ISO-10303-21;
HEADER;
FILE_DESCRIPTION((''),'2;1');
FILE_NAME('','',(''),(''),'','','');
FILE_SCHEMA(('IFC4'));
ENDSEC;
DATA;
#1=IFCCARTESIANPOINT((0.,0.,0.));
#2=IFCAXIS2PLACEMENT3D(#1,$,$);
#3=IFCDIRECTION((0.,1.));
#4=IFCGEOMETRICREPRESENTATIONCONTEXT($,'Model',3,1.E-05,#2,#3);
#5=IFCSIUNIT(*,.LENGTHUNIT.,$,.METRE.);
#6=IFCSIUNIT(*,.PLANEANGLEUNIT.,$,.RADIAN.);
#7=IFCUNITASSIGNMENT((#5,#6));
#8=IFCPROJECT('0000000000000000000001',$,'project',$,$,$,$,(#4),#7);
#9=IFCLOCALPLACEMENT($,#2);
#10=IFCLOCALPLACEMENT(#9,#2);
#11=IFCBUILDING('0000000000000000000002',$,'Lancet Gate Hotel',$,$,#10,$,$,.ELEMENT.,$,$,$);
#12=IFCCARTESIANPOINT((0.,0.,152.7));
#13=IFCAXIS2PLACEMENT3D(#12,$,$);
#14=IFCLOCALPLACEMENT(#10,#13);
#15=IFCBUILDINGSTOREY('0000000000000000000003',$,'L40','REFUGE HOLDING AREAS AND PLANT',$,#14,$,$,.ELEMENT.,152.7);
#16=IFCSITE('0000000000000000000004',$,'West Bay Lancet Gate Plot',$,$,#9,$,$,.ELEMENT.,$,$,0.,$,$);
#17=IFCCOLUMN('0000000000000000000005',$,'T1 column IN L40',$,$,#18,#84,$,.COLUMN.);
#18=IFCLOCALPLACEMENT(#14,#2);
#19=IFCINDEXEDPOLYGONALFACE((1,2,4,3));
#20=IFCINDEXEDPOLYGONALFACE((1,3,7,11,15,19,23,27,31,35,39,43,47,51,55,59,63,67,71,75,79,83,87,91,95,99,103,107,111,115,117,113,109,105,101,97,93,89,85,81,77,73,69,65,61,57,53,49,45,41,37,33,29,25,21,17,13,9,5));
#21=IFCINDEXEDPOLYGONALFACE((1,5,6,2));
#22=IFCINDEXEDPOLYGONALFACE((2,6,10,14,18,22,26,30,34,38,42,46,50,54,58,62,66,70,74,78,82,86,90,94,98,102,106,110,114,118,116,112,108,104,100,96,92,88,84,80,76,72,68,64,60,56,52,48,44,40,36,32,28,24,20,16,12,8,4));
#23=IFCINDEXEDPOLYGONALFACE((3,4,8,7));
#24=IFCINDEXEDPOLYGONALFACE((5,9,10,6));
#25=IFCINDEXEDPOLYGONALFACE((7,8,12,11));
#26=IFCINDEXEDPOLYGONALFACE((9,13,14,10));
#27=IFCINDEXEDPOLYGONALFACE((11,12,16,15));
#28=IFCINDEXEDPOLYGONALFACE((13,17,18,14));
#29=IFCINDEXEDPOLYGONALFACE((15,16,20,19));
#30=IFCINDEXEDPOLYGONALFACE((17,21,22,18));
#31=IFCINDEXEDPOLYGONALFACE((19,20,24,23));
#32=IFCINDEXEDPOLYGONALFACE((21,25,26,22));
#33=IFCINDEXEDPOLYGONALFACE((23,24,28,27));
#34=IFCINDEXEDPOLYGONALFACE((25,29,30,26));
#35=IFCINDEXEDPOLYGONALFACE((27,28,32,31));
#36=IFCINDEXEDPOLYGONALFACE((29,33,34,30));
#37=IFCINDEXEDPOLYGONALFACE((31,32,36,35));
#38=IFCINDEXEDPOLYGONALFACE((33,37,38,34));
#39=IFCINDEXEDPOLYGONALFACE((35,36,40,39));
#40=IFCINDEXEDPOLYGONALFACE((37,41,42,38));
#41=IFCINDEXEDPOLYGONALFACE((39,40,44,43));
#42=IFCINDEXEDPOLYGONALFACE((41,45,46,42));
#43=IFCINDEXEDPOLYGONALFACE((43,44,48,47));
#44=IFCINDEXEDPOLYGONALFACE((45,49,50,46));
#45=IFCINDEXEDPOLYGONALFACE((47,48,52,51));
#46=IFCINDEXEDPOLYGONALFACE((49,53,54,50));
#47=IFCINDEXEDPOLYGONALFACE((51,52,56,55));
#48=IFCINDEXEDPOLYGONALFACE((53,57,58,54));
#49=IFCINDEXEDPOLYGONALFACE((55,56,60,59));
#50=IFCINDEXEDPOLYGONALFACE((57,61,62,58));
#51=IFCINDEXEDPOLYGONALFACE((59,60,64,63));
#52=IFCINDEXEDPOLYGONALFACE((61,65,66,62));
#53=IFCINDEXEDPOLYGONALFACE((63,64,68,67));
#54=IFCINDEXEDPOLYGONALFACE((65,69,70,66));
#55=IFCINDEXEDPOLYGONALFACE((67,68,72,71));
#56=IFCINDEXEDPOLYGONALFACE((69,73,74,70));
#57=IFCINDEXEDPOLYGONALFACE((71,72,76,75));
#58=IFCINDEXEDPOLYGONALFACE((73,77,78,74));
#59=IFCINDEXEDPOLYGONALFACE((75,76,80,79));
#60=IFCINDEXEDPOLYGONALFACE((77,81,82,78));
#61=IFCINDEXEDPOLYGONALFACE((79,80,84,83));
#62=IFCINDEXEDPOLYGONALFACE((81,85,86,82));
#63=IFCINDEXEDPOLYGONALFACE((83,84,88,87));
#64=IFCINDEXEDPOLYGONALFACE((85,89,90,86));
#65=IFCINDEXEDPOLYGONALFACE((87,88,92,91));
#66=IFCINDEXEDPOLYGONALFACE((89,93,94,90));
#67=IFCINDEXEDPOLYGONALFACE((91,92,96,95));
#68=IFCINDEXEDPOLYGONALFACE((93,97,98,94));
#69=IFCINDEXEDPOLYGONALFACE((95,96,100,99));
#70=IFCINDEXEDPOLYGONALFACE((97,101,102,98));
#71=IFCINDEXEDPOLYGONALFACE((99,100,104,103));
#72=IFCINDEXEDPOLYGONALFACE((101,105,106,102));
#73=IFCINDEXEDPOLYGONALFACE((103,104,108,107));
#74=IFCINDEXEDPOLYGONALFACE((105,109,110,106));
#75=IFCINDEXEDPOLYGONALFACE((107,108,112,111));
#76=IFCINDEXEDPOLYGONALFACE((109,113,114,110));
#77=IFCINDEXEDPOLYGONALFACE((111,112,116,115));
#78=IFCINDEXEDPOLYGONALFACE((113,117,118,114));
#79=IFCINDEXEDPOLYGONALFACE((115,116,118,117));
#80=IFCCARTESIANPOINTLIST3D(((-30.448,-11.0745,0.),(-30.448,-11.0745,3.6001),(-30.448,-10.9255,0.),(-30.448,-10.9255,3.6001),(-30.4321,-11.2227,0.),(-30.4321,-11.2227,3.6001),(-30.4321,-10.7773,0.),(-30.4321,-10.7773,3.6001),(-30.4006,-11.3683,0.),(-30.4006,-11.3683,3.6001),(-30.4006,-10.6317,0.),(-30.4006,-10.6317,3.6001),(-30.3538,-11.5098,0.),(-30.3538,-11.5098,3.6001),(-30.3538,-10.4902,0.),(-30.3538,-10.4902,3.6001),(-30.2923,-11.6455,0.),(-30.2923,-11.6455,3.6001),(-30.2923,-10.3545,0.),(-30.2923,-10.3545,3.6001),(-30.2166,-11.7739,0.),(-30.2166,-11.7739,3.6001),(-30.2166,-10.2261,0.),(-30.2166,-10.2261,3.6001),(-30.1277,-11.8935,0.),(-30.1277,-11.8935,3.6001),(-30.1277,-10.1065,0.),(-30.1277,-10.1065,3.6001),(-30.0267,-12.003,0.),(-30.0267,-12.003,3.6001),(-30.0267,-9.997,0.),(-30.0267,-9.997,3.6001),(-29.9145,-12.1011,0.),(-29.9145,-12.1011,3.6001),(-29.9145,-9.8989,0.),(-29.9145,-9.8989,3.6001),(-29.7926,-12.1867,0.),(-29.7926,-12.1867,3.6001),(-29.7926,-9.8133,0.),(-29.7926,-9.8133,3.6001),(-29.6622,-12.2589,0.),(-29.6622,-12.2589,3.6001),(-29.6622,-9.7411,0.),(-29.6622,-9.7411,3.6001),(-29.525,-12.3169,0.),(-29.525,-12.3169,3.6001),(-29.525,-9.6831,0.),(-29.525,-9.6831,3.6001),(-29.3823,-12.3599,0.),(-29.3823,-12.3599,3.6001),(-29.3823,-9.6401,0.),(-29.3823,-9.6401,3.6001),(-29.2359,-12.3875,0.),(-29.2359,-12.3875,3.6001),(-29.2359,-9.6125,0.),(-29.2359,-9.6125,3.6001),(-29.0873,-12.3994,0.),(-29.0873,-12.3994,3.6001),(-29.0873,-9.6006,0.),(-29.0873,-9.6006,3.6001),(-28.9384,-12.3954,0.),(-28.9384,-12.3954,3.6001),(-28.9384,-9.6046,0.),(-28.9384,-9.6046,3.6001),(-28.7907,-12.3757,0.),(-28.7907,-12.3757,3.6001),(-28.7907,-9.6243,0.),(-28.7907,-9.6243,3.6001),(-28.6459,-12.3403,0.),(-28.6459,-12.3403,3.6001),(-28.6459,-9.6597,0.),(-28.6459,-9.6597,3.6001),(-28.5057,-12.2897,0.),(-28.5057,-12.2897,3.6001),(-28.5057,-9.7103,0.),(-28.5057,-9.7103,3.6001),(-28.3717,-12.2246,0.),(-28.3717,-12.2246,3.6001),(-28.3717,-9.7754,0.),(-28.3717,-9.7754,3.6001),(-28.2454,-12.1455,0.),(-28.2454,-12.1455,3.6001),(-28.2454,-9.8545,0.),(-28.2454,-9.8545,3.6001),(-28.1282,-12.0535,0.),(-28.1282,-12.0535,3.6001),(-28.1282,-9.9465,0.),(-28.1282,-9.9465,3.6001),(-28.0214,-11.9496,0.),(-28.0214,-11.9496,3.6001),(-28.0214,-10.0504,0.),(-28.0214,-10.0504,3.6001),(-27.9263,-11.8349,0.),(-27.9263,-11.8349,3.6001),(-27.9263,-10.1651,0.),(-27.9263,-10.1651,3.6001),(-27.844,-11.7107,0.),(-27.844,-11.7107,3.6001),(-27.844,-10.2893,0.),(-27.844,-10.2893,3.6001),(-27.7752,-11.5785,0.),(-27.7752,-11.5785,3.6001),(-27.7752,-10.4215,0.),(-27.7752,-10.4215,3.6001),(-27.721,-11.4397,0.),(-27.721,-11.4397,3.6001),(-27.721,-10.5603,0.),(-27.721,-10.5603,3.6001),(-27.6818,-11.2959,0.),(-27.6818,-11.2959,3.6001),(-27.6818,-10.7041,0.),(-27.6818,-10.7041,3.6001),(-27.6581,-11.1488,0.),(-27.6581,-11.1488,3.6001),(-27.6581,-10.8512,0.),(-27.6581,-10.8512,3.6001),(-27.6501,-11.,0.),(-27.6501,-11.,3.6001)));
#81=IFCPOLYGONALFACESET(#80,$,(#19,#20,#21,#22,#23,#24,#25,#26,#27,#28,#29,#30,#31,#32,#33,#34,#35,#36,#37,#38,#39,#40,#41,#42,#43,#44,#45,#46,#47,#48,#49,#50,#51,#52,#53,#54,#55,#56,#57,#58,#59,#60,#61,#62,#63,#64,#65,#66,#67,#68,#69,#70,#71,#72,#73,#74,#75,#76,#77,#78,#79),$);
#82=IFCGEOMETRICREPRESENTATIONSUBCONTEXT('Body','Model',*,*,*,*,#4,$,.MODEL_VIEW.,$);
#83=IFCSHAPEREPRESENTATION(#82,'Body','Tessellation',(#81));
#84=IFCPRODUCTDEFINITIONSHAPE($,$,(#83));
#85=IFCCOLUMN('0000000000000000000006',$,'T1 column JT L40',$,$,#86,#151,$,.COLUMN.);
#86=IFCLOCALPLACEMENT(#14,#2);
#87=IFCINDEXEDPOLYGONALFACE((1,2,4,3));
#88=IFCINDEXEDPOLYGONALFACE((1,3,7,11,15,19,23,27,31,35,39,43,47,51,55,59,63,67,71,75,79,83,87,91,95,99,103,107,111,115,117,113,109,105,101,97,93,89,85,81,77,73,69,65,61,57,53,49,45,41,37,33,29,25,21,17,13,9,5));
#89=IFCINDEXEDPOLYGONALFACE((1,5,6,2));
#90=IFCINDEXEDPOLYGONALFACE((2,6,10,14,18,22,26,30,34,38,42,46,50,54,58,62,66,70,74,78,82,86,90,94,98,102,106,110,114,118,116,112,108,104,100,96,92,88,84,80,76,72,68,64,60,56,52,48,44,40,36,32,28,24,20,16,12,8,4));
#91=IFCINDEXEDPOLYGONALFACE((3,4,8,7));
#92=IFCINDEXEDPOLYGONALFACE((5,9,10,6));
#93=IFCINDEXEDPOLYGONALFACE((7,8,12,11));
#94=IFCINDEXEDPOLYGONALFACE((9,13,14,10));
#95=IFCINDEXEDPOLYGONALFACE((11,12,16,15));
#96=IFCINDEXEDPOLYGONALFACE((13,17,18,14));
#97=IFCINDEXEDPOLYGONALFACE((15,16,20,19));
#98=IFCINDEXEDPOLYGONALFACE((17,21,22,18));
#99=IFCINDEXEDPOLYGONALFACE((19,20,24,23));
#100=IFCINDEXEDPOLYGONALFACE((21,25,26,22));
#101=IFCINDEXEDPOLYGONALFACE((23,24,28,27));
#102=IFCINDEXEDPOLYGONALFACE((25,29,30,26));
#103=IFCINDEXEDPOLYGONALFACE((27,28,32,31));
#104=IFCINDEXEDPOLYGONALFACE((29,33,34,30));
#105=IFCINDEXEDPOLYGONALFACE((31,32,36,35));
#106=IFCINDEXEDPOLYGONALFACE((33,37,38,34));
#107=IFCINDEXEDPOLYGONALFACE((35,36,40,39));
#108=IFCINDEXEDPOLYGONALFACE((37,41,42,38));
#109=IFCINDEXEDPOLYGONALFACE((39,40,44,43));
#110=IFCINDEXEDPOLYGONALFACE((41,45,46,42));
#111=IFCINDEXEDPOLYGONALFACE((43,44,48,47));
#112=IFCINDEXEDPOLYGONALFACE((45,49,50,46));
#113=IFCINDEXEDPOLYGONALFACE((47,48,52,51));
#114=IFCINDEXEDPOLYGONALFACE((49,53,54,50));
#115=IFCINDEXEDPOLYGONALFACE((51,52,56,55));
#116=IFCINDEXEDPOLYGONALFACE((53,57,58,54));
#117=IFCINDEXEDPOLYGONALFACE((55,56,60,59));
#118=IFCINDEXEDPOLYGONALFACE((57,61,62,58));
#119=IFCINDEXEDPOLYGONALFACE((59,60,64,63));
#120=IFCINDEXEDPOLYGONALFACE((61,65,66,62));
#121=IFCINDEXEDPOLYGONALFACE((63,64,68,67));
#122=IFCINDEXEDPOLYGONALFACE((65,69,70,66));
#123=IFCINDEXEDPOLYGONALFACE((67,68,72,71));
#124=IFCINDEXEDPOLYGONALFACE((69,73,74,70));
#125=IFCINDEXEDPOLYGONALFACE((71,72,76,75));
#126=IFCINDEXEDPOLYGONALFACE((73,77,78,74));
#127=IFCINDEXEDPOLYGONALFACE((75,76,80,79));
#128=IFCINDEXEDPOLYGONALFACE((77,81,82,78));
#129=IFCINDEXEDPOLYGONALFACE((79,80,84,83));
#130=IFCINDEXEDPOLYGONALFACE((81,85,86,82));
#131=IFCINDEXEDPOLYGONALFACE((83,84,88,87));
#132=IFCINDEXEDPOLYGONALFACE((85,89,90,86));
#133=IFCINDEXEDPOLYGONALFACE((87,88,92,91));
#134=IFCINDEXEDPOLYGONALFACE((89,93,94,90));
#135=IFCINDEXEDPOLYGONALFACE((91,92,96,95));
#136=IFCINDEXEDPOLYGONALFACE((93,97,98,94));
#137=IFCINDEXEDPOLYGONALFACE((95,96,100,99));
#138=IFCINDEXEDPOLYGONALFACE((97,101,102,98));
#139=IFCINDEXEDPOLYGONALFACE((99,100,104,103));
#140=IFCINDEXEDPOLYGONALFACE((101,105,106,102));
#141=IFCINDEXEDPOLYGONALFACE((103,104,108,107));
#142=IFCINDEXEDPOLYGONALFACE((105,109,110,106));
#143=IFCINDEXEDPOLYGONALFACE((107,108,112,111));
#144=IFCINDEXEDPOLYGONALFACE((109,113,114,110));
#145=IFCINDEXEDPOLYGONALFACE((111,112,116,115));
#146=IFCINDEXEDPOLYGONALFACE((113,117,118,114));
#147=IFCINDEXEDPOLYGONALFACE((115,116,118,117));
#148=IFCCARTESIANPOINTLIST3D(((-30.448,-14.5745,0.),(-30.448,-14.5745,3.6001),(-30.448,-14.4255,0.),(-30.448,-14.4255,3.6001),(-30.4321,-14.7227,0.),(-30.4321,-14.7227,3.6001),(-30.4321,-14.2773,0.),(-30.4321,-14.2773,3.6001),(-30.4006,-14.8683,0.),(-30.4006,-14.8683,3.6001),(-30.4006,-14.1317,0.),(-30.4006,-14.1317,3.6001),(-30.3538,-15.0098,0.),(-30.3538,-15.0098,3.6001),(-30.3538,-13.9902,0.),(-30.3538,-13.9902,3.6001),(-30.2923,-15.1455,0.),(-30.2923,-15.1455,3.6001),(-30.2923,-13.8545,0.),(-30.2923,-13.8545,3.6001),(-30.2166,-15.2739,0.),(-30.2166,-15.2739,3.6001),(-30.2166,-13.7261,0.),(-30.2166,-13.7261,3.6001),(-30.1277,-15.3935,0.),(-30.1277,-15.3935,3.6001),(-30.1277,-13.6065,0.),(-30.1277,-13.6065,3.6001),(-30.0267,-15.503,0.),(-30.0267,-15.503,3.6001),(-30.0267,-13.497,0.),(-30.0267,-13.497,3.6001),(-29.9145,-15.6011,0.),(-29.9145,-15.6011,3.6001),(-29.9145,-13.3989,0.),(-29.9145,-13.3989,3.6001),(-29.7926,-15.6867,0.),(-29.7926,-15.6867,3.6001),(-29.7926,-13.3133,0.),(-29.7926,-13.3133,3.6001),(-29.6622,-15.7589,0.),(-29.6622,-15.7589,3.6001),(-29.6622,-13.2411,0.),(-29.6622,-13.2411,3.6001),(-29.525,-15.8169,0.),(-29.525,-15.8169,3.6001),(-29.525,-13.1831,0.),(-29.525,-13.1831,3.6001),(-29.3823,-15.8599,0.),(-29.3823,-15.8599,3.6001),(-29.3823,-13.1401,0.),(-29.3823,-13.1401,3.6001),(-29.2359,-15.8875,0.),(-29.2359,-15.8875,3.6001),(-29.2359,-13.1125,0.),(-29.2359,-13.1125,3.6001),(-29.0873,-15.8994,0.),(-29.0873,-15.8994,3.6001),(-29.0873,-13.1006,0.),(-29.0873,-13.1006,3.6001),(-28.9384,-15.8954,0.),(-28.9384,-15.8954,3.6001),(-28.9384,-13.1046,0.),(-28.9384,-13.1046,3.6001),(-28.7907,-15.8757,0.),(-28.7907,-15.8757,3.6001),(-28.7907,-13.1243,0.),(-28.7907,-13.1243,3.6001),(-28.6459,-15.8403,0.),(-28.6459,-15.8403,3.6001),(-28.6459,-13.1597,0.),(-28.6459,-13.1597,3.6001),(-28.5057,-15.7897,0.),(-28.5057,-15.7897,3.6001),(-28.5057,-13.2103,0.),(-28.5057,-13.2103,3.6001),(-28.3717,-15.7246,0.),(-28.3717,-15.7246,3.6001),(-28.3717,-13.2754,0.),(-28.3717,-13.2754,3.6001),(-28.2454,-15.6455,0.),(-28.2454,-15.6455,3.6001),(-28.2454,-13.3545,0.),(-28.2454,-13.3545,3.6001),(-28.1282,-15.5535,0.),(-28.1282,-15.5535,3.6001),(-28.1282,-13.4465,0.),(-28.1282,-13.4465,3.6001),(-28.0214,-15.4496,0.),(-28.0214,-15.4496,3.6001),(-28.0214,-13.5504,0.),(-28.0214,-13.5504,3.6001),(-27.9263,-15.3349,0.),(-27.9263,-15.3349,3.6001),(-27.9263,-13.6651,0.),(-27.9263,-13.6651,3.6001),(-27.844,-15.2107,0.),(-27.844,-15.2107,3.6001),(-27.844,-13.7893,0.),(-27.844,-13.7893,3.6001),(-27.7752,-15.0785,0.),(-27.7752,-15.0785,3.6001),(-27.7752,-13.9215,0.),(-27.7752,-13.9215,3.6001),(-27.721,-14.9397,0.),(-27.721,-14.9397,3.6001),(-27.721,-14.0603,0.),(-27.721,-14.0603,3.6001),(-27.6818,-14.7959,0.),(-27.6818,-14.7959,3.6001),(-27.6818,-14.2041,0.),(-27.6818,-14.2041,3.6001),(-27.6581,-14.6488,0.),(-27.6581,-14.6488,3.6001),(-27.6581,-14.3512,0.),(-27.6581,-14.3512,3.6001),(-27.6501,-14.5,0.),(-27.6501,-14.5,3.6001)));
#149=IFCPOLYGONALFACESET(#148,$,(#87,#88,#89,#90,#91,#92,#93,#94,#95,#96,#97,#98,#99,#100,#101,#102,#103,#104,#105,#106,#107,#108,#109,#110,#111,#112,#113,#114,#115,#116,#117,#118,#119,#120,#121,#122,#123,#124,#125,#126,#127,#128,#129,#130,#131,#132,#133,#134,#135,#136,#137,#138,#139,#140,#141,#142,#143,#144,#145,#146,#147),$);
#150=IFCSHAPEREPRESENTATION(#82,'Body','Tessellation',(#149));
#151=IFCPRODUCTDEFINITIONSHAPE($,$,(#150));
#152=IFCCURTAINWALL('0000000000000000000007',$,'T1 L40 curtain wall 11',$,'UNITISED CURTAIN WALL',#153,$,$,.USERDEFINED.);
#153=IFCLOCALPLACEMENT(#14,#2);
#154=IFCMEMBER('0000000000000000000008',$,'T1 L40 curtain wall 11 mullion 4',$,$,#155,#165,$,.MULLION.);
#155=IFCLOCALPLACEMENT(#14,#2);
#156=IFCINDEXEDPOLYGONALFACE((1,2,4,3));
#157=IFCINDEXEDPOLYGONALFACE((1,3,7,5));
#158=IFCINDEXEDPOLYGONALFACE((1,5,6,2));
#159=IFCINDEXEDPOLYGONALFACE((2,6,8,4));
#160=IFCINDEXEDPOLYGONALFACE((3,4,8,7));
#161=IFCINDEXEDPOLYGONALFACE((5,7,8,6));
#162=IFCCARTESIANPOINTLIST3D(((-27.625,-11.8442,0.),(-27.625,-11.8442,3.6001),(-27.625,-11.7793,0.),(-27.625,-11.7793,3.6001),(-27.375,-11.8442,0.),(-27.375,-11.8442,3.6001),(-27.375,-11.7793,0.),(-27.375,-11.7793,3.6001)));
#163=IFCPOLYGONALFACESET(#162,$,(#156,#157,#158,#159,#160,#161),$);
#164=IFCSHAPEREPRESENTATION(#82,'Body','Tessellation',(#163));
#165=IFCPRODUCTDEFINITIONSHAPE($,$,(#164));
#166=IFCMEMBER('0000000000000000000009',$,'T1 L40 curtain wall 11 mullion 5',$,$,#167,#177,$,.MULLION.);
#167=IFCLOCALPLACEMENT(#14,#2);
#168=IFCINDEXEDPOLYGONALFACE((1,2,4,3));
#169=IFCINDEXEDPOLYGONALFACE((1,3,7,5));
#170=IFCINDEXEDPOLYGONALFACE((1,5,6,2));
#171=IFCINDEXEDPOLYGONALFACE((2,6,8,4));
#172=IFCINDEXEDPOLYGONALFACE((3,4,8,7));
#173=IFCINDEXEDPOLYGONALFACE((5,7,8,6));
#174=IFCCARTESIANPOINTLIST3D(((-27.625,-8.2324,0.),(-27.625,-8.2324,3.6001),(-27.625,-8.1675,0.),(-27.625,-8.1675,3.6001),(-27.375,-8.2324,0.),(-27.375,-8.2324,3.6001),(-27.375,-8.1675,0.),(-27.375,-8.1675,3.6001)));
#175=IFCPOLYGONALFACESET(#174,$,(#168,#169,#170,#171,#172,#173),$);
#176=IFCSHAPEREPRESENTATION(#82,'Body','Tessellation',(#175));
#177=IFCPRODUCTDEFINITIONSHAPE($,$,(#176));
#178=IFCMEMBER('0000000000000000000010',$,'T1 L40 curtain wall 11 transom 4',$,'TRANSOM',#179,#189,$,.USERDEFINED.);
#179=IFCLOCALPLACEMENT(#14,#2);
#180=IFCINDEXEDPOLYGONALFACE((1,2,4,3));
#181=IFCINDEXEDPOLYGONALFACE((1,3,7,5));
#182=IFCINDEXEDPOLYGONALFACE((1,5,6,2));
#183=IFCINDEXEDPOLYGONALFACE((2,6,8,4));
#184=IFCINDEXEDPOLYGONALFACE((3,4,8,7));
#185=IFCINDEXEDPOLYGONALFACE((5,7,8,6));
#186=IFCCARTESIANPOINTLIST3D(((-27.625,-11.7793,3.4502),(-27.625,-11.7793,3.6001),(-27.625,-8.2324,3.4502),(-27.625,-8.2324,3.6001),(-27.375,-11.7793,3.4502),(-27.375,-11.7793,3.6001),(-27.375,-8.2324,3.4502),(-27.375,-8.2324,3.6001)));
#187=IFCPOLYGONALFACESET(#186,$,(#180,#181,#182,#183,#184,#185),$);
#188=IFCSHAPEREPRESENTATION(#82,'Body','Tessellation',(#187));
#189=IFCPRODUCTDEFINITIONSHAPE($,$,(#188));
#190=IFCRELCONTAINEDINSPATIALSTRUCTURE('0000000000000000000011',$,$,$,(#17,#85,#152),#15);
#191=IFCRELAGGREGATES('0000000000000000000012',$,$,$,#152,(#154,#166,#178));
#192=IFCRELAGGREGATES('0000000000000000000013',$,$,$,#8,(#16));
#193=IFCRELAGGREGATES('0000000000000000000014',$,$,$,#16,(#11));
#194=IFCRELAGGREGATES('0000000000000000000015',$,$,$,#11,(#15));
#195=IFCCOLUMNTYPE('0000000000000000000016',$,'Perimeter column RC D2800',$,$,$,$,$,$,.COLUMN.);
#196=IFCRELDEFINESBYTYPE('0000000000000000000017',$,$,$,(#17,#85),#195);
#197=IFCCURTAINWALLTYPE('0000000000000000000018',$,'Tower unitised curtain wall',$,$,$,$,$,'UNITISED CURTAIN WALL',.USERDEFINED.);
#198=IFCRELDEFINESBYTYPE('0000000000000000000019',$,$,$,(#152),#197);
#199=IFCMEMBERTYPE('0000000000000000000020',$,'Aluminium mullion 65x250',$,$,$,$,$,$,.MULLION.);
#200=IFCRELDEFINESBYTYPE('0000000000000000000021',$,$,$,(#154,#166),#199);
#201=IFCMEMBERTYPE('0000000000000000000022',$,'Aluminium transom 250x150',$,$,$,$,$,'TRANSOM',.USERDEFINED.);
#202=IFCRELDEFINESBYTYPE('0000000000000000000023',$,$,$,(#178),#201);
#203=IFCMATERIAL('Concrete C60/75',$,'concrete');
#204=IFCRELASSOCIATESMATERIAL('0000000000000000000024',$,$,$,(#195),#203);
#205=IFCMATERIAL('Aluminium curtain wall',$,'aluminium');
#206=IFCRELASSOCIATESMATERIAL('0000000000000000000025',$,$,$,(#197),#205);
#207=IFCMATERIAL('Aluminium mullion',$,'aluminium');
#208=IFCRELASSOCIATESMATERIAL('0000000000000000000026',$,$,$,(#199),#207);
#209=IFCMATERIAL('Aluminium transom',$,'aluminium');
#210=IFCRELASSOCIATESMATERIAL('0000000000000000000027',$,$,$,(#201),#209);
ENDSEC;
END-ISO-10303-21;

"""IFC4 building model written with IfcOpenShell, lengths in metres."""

from ifc_helpers import new_model, si_unit, direction, frame, origin, origin_2d, place, context, subcontext, project, spatial, rectangle, circle, extrude, material, material_profile, profile_set, type_object, element, aggregate, save


model = new_model("IFC4")

# Units and contexts
model_context = context("Model", 3, precision=1e-05, world=origin(), true_north=direction((0.0, 1.0)))
body_context = subcontext(model_context, "Body", "Model", "MODEL_VIEW")
ifc_project = project(units=[si_unit("LENGTHUNIT", "METRE"), si_unit("PLANEANGLEUNIT", "RADIAN")], contexts=[model_context])

# Site, building, storey
site_placement = place(None, origin())
site = spatial("IfcSite", under=ifc_project, at=site_placement, Name="West Bay Lancet Gate Plot", CompositionType="ELEMENT", RefElevation=0.0)
building_placement = place(site_placement, origin())
building = spatial("IfcBuilding", under=site, at=building_placement, Name="Lancet Gate Hotel", CompositionType="ELEMENT")
storey_placement = place(building_placement, frame((0.0, 0.0, 152.7)))
storey = spatial("IfcBuildingStorey", under=building, at=storey_placement, Name="L40", Description="REFUGE HOLDING AREAS AND PLANT", CompositionType="ELEMENT", Elevation=152.7)

# Columns
ifc_material_1 = material(Name="Concrete C60/75", Category="concrete")
ifc_material_profile_1 = material_profile(ifc_material_1, circle(Radius=1.3999, at=origin_2d()), Name="RC D2800")
ifc_profile_set_1 = profile_set([ifc_material_profile_1], Name="Concrete C60/75")
column_type = type_object("IfcColumnType", Name="Perimeter column RC D2800", PredefinedType="COLUMN", material=ifc_profile_set_1)
for number, where, z_axis, x_axis, name in (
    (1, (-29.05, -11.0, 0.0), (0.0, 0.0, 1.0), (1.0, 0.0, 0.0), "T1 column IN L40"),
    (2, (-29.05, -14.5, 0.0), (0.0, 0.0, 1.0), (1.0, 0.0, 0.0), "T1 column JT L40"),
):
    element("IfcColumn", number, at=place(storey_placement, frame(where, z_axis=z_axis, x_axis=x_axis)), inside=storey, type_object=column_type, Name=name, PredefinedType="COLUMN", context=body_context, shape_type="SweptSolid", body=[
        extrude(circle(Radius=1.3999, at=origin_2d()), origin(), (0.0, 0.0, 1.0), 3.6001),
    ])

# Curtain wall, members
ifc_material_2 = material(Name="Aluminium curtain wall", Category="aluminium")
curtain_wall_type = type_object("IfcCurtainWallType", Name="Tower unitised curtain wall", ElementType="UNITISED CURTAIN WALL", PredefinedType="USERDEFINED", material=ifc_material_2)
curtain_wall_placement = place(storey_placement, origin())
curtain_wall = element("IfcCurtainWall", 3, at=curtain_wall_placement, inside=storey, type_object=curtain_wall_type, Name="T1 L40 curtain wall 11", ObjectType="UNITISED CURTAIN WALL", PredefinedType="USERDEFINED")
ifc_material_3 = material(Name="Aluminium mullion", Category="aluminium")
ifc_material_profile_2 = material_profile(ifc_material_3, rectangle(XDim=0.0649, YDim=0.25, at=origin_2d()), Name="MULLION 65x250")
ifc_profile_set_2 = profile_set([ifc_material_profile_2], Name="Aluminium mullion")
member_type_1 = type_object("IfcMemberType", Name="Aluminium mullion 65x250", PredefinedType="MULLION", material=ifc_profile_set_2)
member_1_placement = place(storey_placement, frame((-27.5, -11.8118, 0.0), z_axis=(0.0, 0.0, 1.0), x_axis=(0.0, 1.0, 0.0)))
member_1 = element("IfcMember", 4, at=member_1_placement, type_object=member_type_1, Name="T1 L40 curtain wall 11 mullion 4", PredefinedType="MULLION", context=body_context, shape_type="SweptSolid", body=[
    extrude(rectangle(XDim=0.0649, YDim=0.25, at=origin_2d()), origin(), (0.0, 0.0, 1.0), 3.6001),
])
member_2_placement = place(storey_placement, frame((-27.5, -8.2, 0.0), z_axis=(0.0, 0.0, 1.0), x_axis=(0.0, 1.0, 0.0)))
member_2 = element("IfcMember", 5, at=member_2_placement, type_object=member_type_1, Name="T1 L40 curtain wall 11 mullion 5", PredefinedType="MULLION", context=body_context, shape_type="SweptSolid", body=[
    extrude(rectangle(XDim=0.0649, YDim=0.25, at=origin_2d()), origin(), (0.0, 0.0, 1.0), 3.6001),
])
ifc_material_4 = material(Name="Aluminium transom", Category="aluminium")
ifc_material_profile_3 = material_profile(ifc_material_4, rectangle(XDim=0.25, YDim=0.1499, at=origin_2d()), Name="TRANSOM 250x150")
ifc_profile_set_3 = profile_set([ifc_material_profile_3], Name="Aluminium transom")
member_type_2 = type_object("IfcMemberType", Name="Aluminium transom 250x150", ElementType="TRANSOM", PredefinedType="USERDEFINED", material=ifc_profile_set_3)
member_3_placement = place(storey_placement, frame((-27.5, -11.7793, 3.5251), z_axis=(0.0, 1.0, 0.0), x_axis=(-1.0, 0.0, 0.0)))
member_3 = element("IfcMember", 6, at=member_3_placement, type_object=member_type_2, Name="T1 L40 curtain wall 11 transom 4", ObjectType="TRANSOM", PredefinedType="USERDEFINED", context=body_context, shape_type="SweptSolid", body=[
    extrude(rectangle(XDim=0.25, YDim=0.1499, at=origin_2d()), origin(), (0.0, 0.0, 1.0), 3.5469),
])

aggregate(curtain_wall, [member_1, member_2, member_3])

save(model, "model.ifc")
